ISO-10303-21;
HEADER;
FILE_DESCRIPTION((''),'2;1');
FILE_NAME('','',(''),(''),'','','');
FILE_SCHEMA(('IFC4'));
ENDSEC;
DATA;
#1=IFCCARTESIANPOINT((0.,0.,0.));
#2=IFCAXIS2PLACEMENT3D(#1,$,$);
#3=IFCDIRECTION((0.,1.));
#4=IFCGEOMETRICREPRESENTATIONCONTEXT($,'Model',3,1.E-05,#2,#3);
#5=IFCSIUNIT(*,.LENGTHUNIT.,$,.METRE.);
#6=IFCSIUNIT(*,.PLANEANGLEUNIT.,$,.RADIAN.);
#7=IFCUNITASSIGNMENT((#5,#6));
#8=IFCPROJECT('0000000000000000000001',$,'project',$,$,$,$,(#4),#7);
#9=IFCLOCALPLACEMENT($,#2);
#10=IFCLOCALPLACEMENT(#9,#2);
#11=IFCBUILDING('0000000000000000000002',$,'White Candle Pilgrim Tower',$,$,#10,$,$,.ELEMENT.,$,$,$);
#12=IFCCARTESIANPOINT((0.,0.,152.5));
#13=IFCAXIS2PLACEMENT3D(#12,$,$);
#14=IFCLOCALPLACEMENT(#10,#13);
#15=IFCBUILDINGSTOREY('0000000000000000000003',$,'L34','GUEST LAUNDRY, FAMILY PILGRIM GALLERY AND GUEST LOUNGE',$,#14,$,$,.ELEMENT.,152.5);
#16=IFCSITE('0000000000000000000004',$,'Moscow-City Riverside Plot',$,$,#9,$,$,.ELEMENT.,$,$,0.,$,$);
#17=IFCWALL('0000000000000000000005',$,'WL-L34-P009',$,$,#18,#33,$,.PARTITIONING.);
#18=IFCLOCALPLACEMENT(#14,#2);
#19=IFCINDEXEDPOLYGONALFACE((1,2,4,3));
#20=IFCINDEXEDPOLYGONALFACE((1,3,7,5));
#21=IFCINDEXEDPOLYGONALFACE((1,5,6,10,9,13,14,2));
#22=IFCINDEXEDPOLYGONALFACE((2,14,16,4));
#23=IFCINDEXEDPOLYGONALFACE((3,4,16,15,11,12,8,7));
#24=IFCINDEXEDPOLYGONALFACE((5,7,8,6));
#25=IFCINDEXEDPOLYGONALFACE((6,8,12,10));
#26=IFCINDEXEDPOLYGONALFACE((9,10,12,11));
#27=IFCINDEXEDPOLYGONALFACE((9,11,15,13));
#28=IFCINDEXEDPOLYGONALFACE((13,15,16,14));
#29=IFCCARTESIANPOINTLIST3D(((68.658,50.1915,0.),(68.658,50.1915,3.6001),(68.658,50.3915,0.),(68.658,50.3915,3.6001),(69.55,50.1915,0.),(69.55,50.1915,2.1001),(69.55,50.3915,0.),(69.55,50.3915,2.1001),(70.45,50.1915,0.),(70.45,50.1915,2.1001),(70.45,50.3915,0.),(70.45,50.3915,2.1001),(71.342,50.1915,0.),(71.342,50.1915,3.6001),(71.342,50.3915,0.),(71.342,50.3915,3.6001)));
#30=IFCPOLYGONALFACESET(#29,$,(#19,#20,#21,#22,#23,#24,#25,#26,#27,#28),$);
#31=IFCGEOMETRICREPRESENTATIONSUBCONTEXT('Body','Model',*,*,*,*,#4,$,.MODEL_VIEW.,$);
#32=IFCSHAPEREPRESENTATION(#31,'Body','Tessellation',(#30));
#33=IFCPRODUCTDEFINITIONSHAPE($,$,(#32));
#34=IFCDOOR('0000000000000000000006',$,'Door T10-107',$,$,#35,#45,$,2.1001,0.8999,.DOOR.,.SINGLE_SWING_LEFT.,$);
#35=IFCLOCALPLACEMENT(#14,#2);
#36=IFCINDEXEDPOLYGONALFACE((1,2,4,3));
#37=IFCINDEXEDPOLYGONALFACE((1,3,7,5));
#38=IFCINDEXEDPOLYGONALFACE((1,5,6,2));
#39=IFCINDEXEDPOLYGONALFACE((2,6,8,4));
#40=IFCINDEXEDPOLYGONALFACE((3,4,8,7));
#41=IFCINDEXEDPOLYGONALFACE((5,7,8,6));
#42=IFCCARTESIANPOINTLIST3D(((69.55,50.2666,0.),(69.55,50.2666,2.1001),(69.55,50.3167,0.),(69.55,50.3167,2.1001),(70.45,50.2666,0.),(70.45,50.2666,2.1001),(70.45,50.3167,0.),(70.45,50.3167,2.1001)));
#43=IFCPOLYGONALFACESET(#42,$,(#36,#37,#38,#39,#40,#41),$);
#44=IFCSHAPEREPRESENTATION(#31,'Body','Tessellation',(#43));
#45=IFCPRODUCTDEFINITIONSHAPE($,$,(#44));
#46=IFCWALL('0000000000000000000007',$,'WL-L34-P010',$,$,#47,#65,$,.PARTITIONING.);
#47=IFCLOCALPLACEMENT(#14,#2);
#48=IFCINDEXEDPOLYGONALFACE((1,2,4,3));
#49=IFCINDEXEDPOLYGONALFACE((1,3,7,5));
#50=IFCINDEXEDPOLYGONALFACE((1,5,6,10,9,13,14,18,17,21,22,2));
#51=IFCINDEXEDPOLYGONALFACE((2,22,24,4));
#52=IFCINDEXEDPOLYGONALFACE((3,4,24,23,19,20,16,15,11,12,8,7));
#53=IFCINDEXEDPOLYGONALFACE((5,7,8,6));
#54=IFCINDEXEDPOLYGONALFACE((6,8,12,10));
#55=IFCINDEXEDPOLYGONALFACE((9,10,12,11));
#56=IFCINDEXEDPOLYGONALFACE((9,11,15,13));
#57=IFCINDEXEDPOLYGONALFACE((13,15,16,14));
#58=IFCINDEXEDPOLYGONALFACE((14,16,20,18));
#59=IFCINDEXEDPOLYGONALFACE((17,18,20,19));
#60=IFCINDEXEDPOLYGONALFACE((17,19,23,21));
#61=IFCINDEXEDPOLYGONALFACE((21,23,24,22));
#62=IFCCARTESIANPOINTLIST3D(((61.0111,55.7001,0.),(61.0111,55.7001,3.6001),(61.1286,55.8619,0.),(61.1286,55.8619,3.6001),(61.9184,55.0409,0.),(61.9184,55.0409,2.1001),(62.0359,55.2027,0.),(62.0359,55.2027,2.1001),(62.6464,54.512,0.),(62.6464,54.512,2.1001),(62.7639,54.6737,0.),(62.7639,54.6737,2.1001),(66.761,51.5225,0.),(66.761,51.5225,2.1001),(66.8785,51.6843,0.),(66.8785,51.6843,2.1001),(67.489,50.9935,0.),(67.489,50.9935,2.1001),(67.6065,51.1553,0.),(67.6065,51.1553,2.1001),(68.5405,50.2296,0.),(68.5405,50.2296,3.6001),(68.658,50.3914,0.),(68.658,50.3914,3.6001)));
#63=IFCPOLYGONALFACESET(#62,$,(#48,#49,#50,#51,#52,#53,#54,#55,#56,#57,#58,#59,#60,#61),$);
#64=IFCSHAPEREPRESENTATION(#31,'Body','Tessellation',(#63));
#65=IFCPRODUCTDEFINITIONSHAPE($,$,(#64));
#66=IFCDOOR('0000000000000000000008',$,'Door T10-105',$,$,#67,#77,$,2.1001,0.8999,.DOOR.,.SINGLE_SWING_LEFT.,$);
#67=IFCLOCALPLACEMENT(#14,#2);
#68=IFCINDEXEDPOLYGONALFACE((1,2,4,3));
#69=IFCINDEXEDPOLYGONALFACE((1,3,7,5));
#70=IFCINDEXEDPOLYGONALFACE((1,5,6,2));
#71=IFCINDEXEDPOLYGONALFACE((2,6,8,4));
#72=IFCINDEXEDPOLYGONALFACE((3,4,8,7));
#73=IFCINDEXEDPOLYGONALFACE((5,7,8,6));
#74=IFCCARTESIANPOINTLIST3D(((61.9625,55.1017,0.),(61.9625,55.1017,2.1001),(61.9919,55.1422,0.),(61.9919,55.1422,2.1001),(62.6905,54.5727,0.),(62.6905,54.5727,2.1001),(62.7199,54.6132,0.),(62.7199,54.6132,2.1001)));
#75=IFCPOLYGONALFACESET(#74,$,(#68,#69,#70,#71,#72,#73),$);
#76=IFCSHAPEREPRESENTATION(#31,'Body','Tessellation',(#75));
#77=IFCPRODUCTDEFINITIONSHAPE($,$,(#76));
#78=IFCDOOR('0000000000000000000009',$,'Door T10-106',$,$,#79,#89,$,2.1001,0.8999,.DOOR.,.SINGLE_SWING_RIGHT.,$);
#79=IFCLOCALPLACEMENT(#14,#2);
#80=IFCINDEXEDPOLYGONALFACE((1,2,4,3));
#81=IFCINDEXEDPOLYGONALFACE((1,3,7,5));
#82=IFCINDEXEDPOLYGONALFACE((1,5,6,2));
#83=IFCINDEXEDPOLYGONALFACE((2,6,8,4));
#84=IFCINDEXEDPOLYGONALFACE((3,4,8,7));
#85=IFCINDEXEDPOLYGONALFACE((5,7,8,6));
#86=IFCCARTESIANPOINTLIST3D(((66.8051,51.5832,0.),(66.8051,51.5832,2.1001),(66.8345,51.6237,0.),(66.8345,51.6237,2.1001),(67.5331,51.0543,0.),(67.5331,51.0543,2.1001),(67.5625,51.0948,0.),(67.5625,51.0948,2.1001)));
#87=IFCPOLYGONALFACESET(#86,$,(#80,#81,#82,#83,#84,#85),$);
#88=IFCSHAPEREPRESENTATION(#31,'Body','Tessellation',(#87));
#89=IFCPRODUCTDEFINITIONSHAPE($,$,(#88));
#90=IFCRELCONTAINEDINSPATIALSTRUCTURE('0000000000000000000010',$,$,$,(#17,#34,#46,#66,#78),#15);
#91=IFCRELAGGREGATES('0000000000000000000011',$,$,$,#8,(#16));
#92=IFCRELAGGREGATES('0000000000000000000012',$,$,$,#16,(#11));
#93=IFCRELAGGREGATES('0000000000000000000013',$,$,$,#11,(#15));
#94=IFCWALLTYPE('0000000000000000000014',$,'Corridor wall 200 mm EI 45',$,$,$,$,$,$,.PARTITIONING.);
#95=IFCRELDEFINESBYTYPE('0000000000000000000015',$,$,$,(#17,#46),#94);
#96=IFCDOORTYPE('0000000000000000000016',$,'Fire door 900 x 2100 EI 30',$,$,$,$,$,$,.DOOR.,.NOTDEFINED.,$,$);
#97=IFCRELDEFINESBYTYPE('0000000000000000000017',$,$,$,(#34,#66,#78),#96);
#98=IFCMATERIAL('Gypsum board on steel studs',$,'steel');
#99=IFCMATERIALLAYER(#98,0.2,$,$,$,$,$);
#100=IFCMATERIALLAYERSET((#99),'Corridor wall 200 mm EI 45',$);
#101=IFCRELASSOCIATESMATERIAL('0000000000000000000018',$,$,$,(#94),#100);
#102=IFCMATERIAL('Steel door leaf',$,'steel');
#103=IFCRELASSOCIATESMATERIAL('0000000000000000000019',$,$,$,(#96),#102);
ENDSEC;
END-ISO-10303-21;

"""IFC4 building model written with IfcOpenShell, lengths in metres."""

from ifc_helpers import new_model, si_unit, direction, frame, frame_2d, origin, place, context, subcontext, project, spatial, rectangle, extrude, material, layer, layer_set, type_object, element, fill, save


model = new_model("IFC4")

# Units and contexts
model_context = context("Model", 3, precision=1e-05, world=origin(), true_north=direction((0.0, 1.0)))
body_context = subcontext(model_context, "Body", "Model", "MODEL_VIEW")
ifc_project = project(units=[si_unit("LENGTHUNIT", "METRE"), si_unit("PLANEANGLEUNIT", "RADIAN")], contexts=[model_context])

# Site, building, storey
site_placement = place(None, origin())
site = spatial("IfcSite", under=ifc_project, at=site_placement, Name="Moscow-City Riverside Plot", CompositionType="ELEMENT", RefElevation=0.0)
building_placement = place(site_placement, origin())
building = spatial("IfcBuilding", under=site, at=building_placement, Name="White Candle Pilgrim Tower", CompositionType="ELEMENT")
storey_placement = place(building_placement, frame((0.0, 0.0, 152.5)))
storey = spatial("IfcBuildingStorey", under=building, at=storey_placement, Name="L34", Description="GUEST LAUNDRY, FAMILY PILGRIM GALLERY AND GUEST LOUNGE", CompositionType="ELEMENT", Elevation=152.5)

# Wall, opening, door
ifc_material_1 = material(Name="Gypsum board on steel studs", Category="steel")
ifc_layer_1 = layer(ifc_material_1, 0.2)
ifc_layer_set_1 = layer_set([ifc_layer_1], Name="Corridor wall 200 mm EI 45")
wall_type_1 = type_object("IfcWallType", Name="Corridor wall 200 mm EI 45", PredefinedType="PARTITIONING", material=ifc_layer_set_1)
wall_1_placement = place(storey_placement, frame((71.342, 50.2915, 0.0), z_axis=(0.0, 0.0, 1.0), x_axis=(-1.0, 0.0, 0.0)))
wall_1 = element("IfcWall", 1, at=wall_1_placement, inside=storey, type_object=wall_type_1, Name="WL-L34-P009", PredefinedType="PARTITIONING", context=body_context, shape_type="SweptSolid", body=[
    extrude(rectangle(XDim=2.6841, YDim=0.2, at=frame_2d((1.342, 0.0))), origin(), (0.0, 0.0, 1.0), 3.6001),
])
opening_1_placement = place(wall_1_placement, frame((0.8921, 0.0, 0.0)))
opening_1 = element("IfcOpeningElement", 2, at=opening_1_placement, cuts=wall_1, PredefinedType="OPENING", context=body_context, shape_type="SweptSolid", body=[
    extrude(rectangle(XDim=0.8999, YDim=2.1001, at=frame_2d((0.45, 1.05))), frame((0.0, 0.1099, 0.0), z_axis=(0.0, -1.0, 0.0), x_axis=(1.0, 0.0, 0.0)), (0.0, 0.0, 1.0), 0.22),
])
ifc_material_2 = material(Name="Steel door leaf", Category="steel")
door_type = type_object("IfcDoorType", Name="Fire door 900 x 2100 EI 30", OperationType="NOTDEFINED", PredefinedType="DOOR", material=ifc_material_2)
door_1_placement = place(opening_1_placement, origin())
door_1 = element("IfcDoor", 3, at=door_1_placement, inside=storey, type_object=door_type, Name="Door T10-107", OperationType="SINGLE_SWING_LEFT", OverallHeight=2.1001, OverallWidth=0.8999, PredefinedType="DOOR", context=body_context, shape_type="SweptSolid", body=[
    extrude(rectangle(XDim=0.8999, YDim=2.1001, at=frame_2d((0.45, 1.05))), frame((0.0, 0.0249, 0.0), z_axis=(0.0, -1.0, 0.0), x_axis=(1.0, 0.0, 0.0)), (0.0, 0.0, 1.0), 0.05),
])
fill(opening_1, door_1)

# Wall, openings, doors
wall_2_placement = place(storey_placement, frame((68.5991, 50.3105, 0.0), z_axis=(0.0, 0.0, 1.0), x_axis=(-0.809012, 0.587793, 0.0)))
wall_2 = element("IfcWall", 4, at=wall_2_placement, inside=storey, type_object=wall_type_1, Name="WL-L34-P010", PredefinedType="PARTITIONING", context=body_context, shape_type="SweptSolid", body=[
    extrude(rectangle(XDim=9.3069, YDim=0.2, at=frame_2d((4.6533, 0.0))), origin(), (0.0, 0.0, 1.0), 3.6001),
])
opening_2_placement = place(wall_2_placement, frame((7.2854, 0.0, 0.0)))
opening_2 = element("IfcOpeningElement", 5, at=opening_2_placement, cuts=wall_2, PredefinedType="OPENING", context=body_context, shape_type="SweptSolid", body=[
    extrude(rectangle(XDim=0.8999, YDim=2.1001, at=frame_2d((0.45, 1.05))), frame((0.0, 0.1099, 0.0), z_axis=(0.0, -1.0, 0.0), x_axis=(1.0, 0.0, 0.0)), (0.0, 0.0, 1.0), 0.22),
])
opening_3_placement = place(wall_2_placement, frame((1.2996, 0.0, 0.0)))
opening_3 = element("IfcOpeningElement", 6, at=opening_3_placement, cuts=wall_2, PredefinedType="OPENING", context=body_context, shape_type="SweptSolid", body=[
    extrude(rectangle(XDim=0.8999, YDim=2.1001, at=frame_2d((0.45, 1.05))), frame((0.0, 0.1099, 0.0), z_axis=(0.0, -1.0, 0.0), x_axis=(1.0, 0.0, 0.0)), (0.0, 0.0, 1.0), 0.22),
])
door_2_placement = place(opening_2_placement, origin())
door_2 = element("IfcDoor", 7, at=door_2_placement, inside=storey, type_object=door_type, Name="Door T10-105", OperationType="SINGLE_SWING_LEFT", OverallHeight=2.1001, OverallWidth=0.8999, PredefinedType="DOOR", context=body_context, shape_type="SweptSolid", body=[
    extrude(rectangle(XDim=0.8999, YDim=2.1001, at=frame_2d((0.45, 1.05))), frame((0.0, 0.0249, 0.0), z_axis=(0.0, -1.0, 0.0), x_axis=(1.0, 0.0, 0.0)), (0.0, 0.0, 1.0), 0.05),
])
fill(opening_2, door_2)
door_3_placement = place(opening_3_placement, origin())
door_3 = element("IfcDoor", 8, at=door_3_placement, inside=storey, type_object=door_type, Name="Door T10-106", OperationType="SINGLE_SWING_RIGHT", OverallHeight=2.1001, OverallWidth=0.8999, PredefinedType="DOOR", context=body_context, shape_type="SweptSolid", body=[
    extrude(rectangle(XDim=0.8999, YDim=2.1001, at=frame_2d((0.45, 1.05))), frame((0.0, 0.0249, 0.0), z_axis=(0.0, -1.0, 0.0), x_axis=(1.0, 0.0, 0.0)), (0.0, 0.0, 1.0), 0.05),
])
fill(opening_3, door_3)

save(model, "model.ifc")
